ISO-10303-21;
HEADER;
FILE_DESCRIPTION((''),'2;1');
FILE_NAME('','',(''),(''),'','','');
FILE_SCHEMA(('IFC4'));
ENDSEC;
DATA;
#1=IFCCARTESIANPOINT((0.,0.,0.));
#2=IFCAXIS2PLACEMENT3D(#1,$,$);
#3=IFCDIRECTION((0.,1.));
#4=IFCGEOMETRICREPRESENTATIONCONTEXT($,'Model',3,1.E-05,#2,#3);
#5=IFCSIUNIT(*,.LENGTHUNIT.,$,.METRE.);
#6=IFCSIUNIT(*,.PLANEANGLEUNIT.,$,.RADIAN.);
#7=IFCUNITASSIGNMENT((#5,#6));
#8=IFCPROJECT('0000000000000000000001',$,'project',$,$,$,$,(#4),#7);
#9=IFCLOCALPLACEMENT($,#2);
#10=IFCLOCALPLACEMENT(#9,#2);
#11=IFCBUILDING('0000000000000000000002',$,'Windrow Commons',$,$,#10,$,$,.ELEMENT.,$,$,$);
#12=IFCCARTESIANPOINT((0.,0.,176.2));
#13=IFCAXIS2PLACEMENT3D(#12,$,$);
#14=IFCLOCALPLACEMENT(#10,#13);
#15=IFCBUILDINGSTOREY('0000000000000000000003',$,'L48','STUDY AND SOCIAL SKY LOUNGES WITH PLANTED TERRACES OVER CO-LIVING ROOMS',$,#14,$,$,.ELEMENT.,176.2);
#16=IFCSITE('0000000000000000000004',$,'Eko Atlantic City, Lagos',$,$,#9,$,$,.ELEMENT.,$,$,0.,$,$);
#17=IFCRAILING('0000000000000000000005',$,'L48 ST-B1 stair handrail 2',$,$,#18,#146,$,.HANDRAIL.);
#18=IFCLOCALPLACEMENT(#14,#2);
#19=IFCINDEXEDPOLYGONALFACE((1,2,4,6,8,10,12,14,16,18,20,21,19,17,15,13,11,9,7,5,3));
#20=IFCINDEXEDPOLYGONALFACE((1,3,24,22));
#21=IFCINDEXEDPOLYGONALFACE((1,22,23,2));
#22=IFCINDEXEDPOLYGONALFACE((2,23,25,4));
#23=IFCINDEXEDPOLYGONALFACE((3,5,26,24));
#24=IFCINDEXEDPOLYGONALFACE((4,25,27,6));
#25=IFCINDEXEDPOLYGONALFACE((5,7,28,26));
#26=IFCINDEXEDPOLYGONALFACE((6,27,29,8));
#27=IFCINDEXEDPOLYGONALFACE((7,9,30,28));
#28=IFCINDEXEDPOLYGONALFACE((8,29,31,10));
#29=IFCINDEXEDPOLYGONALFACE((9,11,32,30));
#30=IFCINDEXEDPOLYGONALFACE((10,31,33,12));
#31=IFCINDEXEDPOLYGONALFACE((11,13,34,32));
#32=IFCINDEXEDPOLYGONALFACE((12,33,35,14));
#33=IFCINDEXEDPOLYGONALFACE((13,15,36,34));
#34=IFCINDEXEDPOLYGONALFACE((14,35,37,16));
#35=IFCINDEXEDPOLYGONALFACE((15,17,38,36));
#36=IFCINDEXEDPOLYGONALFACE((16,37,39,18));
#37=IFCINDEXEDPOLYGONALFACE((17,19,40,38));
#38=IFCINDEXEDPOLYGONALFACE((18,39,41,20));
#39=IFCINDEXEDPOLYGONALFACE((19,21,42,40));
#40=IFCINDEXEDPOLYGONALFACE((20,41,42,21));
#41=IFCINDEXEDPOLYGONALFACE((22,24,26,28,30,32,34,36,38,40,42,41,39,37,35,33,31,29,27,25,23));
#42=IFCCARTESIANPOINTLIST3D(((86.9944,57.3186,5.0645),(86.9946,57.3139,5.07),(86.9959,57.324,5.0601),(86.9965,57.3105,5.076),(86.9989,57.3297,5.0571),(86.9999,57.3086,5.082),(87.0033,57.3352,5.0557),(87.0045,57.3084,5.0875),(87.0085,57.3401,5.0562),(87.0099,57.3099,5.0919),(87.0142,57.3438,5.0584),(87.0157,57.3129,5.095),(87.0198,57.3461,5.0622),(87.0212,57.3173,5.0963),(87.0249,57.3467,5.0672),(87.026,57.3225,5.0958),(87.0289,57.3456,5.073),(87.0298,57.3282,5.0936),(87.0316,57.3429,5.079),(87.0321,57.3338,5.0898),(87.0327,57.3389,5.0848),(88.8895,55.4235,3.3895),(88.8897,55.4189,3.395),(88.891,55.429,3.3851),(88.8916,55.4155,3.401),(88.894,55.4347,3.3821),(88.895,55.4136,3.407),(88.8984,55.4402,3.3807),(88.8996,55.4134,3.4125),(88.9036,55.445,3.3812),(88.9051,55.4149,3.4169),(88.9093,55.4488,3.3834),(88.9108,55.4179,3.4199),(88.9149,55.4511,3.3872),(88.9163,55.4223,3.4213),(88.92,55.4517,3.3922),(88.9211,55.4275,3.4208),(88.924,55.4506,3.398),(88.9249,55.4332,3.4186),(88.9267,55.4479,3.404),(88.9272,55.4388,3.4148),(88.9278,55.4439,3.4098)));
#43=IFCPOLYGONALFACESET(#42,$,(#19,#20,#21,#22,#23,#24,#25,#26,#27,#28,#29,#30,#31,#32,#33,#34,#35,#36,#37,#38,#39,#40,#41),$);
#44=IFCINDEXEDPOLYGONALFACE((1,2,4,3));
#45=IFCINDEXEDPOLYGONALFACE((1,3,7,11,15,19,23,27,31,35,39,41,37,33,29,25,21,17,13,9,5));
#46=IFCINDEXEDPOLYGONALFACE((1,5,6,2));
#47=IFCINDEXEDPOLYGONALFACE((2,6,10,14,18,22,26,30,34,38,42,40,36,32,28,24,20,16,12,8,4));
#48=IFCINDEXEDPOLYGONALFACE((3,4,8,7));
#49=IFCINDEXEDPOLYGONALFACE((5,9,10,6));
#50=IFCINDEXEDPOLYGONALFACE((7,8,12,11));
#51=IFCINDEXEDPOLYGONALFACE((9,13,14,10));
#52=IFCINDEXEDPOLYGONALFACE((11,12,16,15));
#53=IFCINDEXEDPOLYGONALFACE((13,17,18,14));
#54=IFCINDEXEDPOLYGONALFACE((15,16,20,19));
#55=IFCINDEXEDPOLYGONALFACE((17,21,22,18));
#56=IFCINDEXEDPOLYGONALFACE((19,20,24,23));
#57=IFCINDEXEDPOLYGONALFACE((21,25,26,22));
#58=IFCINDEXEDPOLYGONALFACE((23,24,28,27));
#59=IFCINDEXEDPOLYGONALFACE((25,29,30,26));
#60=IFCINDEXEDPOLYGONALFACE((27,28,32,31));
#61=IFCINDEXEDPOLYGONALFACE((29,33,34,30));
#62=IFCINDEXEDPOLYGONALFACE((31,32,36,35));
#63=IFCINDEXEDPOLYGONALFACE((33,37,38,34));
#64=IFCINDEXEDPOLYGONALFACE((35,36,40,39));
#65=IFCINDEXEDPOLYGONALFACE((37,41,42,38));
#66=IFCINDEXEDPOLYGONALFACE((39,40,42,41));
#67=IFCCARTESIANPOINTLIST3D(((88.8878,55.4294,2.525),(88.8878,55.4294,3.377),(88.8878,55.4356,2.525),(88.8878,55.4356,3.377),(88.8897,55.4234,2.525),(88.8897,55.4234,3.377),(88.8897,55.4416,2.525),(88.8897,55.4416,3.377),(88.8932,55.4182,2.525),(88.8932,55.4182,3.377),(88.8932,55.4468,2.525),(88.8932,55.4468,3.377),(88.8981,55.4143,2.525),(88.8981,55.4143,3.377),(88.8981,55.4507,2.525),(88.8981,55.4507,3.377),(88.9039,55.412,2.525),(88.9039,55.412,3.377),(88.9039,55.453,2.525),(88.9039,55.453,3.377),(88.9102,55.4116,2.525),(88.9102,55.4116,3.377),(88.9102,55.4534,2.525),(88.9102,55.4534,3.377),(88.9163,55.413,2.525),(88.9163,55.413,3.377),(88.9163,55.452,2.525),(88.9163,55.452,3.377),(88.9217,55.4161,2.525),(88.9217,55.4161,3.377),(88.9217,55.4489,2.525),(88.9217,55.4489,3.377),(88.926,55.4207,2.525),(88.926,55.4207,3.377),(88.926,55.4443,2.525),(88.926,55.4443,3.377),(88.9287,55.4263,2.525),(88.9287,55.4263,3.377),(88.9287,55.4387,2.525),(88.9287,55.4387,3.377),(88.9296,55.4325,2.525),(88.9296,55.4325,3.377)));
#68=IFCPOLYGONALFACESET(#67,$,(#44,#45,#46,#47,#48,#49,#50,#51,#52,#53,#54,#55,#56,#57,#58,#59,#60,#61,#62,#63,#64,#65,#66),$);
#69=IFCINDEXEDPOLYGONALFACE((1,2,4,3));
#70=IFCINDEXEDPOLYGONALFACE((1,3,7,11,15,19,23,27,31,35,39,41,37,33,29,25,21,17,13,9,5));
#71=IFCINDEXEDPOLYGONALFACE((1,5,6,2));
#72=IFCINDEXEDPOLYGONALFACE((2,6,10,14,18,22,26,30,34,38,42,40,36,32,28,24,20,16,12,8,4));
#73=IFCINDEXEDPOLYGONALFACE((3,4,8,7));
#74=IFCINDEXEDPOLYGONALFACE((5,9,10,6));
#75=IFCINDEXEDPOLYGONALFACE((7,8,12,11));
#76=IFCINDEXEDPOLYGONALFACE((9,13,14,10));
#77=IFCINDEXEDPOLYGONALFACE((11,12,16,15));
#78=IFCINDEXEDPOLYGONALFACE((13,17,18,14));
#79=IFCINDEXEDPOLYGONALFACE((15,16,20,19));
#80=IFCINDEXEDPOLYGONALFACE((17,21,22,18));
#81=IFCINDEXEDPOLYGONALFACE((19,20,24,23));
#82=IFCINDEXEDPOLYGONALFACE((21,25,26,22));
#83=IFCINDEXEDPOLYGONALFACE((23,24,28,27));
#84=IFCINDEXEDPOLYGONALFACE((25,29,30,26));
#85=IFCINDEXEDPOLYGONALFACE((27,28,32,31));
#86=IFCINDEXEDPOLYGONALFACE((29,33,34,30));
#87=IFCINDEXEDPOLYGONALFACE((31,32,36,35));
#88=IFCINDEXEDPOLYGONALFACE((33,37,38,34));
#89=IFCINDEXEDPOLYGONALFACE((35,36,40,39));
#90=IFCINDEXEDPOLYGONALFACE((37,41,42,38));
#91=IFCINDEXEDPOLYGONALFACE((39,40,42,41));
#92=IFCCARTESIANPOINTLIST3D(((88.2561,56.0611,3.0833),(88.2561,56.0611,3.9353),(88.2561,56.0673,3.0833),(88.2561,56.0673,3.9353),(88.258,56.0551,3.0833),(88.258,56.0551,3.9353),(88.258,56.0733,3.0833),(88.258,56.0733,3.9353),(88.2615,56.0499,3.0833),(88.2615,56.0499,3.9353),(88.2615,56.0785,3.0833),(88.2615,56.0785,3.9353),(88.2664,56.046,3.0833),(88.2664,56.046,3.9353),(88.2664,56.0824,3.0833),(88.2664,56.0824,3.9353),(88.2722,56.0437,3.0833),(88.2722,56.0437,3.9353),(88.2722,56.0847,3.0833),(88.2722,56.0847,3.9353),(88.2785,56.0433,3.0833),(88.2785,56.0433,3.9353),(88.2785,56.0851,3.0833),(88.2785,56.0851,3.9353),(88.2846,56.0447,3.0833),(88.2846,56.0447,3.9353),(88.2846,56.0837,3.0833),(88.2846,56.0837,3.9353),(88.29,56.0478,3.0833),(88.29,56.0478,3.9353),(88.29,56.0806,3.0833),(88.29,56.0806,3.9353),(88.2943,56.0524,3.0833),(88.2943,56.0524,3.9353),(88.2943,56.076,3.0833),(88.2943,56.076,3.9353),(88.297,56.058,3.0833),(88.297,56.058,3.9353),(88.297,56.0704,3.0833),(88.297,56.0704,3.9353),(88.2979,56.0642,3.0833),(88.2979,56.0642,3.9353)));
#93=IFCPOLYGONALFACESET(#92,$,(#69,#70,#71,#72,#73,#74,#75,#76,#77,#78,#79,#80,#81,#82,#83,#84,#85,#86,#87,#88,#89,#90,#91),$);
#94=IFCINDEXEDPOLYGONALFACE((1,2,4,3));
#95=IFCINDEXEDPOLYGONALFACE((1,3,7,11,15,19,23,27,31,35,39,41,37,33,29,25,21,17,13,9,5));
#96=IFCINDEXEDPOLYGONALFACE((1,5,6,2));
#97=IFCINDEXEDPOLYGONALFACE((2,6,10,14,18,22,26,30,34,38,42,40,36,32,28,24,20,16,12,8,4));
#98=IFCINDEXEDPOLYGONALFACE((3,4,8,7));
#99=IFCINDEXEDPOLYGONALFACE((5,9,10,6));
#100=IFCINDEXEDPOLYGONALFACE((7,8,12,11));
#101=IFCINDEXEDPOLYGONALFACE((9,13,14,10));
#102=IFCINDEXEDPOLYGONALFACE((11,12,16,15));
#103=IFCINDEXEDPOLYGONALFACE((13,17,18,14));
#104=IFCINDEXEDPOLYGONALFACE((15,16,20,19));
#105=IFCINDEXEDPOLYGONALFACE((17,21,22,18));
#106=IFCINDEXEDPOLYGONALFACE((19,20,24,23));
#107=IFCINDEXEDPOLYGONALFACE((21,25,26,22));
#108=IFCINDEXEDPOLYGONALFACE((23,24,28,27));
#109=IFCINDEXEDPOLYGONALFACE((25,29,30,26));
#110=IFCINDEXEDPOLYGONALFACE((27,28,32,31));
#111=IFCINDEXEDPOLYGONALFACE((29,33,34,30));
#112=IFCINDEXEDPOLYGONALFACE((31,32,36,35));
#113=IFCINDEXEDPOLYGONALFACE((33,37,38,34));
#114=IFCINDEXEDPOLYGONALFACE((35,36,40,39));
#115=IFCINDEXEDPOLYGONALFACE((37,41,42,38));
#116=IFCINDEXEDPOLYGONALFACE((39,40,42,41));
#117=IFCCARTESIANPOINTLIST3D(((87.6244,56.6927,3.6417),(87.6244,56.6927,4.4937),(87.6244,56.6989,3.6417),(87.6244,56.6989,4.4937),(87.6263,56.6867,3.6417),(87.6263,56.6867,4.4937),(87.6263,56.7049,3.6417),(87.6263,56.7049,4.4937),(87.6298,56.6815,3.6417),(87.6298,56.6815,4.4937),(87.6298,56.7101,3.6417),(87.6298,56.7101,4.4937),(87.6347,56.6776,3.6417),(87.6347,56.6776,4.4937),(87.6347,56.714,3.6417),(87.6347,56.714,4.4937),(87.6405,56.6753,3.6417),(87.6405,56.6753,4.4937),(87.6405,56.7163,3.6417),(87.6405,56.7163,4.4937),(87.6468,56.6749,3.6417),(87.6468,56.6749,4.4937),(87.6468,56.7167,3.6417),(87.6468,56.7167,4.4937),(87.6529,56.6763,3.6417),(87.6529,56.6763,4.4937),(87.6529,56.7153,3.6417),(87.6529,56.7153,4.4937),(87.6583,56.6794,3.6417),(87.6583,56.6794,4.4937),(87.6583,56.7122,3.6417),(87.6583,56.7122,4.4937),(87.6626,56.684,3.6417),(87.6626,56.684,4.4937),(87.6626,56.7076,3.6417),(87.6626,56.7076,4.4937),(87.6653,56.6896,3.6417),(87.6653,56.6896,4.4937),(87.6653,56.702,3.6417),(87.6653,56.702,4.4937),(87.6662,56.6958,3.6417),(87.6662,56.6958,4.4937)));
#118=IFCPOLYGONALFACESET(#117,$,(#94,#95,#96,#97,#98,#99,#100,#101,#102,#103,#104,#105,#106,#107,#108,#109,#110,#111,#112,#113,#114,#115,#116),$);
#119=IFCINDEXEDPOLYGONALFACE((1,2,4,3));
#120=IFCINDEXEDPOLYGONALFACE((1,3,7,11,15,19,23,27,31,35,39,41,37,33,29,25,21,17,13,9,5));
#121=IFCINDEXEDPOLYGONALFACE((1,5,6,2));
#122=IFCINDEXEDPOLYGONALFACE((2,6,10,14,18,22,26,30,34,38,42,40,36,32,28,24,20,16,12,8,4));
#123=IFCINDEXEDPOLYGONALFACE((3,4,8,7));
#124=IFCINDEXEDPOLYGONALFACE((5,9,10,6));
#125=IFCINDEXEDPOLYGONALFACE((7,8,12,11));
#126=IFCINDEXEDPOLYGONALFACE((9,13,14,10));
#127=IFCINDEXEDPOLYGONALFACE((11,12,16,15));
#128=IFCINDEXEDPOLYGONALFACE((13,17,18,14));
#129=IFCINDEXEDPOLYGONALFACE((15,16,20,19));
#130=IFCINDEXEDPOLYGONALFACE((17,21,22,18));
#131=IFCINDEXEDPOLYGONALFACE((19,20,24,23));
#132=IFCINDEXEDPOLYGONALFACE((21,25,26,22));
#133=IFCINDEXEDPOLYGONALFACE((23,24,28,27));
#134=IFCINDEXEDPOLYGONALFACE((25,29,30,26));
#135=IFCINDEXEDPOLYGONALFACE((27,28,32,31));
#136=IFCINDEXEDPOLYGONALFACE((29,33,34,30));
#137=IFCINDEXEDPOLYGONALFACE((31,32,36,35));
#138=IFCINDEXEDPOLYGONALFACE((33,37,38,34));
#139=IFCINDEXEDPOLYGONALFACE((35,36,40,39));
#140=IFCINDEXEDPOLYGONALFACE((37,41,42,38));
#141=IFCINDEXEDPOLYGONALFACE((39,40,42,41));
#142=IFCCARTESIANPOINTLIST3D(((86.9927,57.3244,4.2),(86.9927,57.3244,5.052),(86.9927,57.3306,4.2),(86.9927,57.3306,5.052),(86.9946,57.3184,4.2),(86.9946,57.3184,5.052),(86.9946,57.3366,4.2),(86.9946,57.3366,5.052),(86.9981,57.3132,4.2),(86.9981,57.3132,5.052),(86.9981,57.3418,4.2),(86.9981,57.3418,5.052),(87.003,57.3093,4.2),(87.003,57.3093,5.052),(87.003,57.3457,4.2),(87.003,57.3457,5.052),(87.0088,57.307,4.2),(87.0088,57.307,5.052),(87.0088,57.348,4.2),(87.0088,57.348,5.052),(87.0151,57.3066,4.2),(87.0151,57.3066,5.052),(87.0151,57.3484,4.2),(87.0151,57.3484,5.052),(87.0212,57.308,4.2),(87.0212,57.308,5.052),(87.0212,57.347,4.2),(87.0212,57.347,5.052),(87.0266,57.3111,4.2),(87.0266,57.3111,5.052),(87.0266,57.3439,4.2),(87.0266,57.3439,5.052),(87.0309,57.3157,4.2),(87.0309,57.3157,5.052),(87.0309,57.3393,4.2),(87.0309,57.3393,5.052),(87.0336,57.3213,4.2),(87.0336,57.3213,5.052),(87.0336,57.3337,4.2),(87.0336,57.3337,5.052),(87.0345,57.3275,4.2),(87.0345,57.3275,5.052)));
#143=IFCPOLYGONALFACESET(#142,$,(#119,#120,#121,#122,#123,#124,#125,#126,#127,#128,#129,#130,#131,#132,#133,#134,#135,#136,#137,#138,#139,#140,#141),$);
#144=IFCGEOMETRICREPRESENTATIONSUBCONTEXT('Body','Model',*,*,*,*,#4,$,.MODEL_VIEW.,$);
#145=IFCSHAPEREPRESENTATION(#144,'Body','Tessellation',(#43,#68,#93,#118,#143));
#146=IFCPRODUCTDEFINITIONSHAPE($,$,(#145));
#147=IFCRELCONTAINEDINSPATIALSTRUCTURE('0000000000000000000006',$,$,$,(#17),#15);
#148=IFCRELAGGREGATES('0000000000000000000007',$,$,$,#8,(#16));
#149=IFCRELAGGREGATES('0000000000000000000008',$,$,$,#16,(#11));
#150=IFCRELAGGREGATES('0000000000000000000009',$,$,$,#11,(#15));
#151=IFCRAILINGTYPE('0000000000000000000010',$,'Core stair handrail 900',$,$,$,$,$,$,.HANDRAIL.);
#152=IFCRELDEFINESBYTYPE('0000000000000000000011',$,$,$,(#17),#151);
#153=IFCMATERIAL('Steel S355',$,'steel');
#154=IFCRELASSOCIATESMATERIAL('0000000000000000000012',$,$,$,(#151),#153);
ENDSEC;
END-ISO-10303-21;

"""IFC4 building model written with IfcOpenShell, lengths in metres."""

from ifc_helpers import new_model, si_unit, direction, frame, origin, origin_2d, place, context, subcontext, project, spatial, circle, extrude, material, type_object, element, save


model = new_model("IFC4")

# Units and contexts
model_context = context("Model", 3, precision=1e-05, world=origin(), true_north=direction((0.0, 1.0)))
body_context = subcontext(model_context, "Body", "Model", "MODEL_VIEW")
ifc_project = project(units=[si_unit("LENGTHUNIT", "METRE"), si_unit("PLANEANGLEUNIT", "RADIAN")], contexts=[model_context])

# Site, building, storey
site_placement = place(None, origin())
site = spatial("IfcSite", under=ifc_project, at=site_placement, Name="Eko Atlantic City, Lagos", CompositionType="ELEMENT", RefElevation=0.0)
building_placement = place(site_placement, origin())
building = spatial("IfcBuilding", under=site, at=building_placement, Name="Windrow Commons", CompositionType="ELEMENT")
storey_placement = place(building_placement, frame((0.0, 0.0, 176.2)))
storey = spatial("IfcBuildingStorey", under=building, at=storey_placement, Name="L48", Description="STUDY AND SOCIAL SKY LOUNGES WITH PLANTED TERRACES OVER CO-LIVING ROOMS", CompositionType="ELEMENT", Elevation=176.2)

# Railing
ifc_material_1 = material(Name="Steel S355", Category="steel")
railing_type_1 = type_object("IfcRailingType", Name="Core stair handrail 900", PredefinedType="HANDRAIL", material=ifc_material_1)
railing_1_placement = place(storey_placement, frame((88.9086, 55.4325, 2.525)))
element("IfcRailing", 1, at=railing_1_placement, inside=storey, type_object=railing_type_1, Name="L48 ST-B1 stair handrail 2", PredefinedType="HANDRAIL", context=body_context, shape_type="SweptSolid", body=[
    extrude(circle(Radius=0.024, at=origin_2d()), frame((0.0, 0.0, 0.876), z_axis=(-0.599642, 0.59961, 0.529998), x_axis=(-0.707088, -0.707125, 0.0)), (0.0, 0.0, 1.0), 3.1604),
    extrude(circle(Radius=0.021, at=origin_2d()), origin(), (0.0, 0.0, 1.0), 0.852),
    extrude(circle(Radius=0.021, at=origin_2d()), frame((-0.6317, 0.6317, 0.5583)), (0.0, 0.0, 1.0), 0.852),
    extrude(circle(Radius=0.021, at=origin_2d()), frame((-1.2634, 1.2633, 1.1167)), (0.0, 0.0, 1.0), 0.852),
    extrude(circle(Radius=0.021, at=origin_2d()), frame((-1.8951, 1.895, 1.675)), (0.0, 0.0, 1.0), 0.852),
])

save(model, "model.ifc")
